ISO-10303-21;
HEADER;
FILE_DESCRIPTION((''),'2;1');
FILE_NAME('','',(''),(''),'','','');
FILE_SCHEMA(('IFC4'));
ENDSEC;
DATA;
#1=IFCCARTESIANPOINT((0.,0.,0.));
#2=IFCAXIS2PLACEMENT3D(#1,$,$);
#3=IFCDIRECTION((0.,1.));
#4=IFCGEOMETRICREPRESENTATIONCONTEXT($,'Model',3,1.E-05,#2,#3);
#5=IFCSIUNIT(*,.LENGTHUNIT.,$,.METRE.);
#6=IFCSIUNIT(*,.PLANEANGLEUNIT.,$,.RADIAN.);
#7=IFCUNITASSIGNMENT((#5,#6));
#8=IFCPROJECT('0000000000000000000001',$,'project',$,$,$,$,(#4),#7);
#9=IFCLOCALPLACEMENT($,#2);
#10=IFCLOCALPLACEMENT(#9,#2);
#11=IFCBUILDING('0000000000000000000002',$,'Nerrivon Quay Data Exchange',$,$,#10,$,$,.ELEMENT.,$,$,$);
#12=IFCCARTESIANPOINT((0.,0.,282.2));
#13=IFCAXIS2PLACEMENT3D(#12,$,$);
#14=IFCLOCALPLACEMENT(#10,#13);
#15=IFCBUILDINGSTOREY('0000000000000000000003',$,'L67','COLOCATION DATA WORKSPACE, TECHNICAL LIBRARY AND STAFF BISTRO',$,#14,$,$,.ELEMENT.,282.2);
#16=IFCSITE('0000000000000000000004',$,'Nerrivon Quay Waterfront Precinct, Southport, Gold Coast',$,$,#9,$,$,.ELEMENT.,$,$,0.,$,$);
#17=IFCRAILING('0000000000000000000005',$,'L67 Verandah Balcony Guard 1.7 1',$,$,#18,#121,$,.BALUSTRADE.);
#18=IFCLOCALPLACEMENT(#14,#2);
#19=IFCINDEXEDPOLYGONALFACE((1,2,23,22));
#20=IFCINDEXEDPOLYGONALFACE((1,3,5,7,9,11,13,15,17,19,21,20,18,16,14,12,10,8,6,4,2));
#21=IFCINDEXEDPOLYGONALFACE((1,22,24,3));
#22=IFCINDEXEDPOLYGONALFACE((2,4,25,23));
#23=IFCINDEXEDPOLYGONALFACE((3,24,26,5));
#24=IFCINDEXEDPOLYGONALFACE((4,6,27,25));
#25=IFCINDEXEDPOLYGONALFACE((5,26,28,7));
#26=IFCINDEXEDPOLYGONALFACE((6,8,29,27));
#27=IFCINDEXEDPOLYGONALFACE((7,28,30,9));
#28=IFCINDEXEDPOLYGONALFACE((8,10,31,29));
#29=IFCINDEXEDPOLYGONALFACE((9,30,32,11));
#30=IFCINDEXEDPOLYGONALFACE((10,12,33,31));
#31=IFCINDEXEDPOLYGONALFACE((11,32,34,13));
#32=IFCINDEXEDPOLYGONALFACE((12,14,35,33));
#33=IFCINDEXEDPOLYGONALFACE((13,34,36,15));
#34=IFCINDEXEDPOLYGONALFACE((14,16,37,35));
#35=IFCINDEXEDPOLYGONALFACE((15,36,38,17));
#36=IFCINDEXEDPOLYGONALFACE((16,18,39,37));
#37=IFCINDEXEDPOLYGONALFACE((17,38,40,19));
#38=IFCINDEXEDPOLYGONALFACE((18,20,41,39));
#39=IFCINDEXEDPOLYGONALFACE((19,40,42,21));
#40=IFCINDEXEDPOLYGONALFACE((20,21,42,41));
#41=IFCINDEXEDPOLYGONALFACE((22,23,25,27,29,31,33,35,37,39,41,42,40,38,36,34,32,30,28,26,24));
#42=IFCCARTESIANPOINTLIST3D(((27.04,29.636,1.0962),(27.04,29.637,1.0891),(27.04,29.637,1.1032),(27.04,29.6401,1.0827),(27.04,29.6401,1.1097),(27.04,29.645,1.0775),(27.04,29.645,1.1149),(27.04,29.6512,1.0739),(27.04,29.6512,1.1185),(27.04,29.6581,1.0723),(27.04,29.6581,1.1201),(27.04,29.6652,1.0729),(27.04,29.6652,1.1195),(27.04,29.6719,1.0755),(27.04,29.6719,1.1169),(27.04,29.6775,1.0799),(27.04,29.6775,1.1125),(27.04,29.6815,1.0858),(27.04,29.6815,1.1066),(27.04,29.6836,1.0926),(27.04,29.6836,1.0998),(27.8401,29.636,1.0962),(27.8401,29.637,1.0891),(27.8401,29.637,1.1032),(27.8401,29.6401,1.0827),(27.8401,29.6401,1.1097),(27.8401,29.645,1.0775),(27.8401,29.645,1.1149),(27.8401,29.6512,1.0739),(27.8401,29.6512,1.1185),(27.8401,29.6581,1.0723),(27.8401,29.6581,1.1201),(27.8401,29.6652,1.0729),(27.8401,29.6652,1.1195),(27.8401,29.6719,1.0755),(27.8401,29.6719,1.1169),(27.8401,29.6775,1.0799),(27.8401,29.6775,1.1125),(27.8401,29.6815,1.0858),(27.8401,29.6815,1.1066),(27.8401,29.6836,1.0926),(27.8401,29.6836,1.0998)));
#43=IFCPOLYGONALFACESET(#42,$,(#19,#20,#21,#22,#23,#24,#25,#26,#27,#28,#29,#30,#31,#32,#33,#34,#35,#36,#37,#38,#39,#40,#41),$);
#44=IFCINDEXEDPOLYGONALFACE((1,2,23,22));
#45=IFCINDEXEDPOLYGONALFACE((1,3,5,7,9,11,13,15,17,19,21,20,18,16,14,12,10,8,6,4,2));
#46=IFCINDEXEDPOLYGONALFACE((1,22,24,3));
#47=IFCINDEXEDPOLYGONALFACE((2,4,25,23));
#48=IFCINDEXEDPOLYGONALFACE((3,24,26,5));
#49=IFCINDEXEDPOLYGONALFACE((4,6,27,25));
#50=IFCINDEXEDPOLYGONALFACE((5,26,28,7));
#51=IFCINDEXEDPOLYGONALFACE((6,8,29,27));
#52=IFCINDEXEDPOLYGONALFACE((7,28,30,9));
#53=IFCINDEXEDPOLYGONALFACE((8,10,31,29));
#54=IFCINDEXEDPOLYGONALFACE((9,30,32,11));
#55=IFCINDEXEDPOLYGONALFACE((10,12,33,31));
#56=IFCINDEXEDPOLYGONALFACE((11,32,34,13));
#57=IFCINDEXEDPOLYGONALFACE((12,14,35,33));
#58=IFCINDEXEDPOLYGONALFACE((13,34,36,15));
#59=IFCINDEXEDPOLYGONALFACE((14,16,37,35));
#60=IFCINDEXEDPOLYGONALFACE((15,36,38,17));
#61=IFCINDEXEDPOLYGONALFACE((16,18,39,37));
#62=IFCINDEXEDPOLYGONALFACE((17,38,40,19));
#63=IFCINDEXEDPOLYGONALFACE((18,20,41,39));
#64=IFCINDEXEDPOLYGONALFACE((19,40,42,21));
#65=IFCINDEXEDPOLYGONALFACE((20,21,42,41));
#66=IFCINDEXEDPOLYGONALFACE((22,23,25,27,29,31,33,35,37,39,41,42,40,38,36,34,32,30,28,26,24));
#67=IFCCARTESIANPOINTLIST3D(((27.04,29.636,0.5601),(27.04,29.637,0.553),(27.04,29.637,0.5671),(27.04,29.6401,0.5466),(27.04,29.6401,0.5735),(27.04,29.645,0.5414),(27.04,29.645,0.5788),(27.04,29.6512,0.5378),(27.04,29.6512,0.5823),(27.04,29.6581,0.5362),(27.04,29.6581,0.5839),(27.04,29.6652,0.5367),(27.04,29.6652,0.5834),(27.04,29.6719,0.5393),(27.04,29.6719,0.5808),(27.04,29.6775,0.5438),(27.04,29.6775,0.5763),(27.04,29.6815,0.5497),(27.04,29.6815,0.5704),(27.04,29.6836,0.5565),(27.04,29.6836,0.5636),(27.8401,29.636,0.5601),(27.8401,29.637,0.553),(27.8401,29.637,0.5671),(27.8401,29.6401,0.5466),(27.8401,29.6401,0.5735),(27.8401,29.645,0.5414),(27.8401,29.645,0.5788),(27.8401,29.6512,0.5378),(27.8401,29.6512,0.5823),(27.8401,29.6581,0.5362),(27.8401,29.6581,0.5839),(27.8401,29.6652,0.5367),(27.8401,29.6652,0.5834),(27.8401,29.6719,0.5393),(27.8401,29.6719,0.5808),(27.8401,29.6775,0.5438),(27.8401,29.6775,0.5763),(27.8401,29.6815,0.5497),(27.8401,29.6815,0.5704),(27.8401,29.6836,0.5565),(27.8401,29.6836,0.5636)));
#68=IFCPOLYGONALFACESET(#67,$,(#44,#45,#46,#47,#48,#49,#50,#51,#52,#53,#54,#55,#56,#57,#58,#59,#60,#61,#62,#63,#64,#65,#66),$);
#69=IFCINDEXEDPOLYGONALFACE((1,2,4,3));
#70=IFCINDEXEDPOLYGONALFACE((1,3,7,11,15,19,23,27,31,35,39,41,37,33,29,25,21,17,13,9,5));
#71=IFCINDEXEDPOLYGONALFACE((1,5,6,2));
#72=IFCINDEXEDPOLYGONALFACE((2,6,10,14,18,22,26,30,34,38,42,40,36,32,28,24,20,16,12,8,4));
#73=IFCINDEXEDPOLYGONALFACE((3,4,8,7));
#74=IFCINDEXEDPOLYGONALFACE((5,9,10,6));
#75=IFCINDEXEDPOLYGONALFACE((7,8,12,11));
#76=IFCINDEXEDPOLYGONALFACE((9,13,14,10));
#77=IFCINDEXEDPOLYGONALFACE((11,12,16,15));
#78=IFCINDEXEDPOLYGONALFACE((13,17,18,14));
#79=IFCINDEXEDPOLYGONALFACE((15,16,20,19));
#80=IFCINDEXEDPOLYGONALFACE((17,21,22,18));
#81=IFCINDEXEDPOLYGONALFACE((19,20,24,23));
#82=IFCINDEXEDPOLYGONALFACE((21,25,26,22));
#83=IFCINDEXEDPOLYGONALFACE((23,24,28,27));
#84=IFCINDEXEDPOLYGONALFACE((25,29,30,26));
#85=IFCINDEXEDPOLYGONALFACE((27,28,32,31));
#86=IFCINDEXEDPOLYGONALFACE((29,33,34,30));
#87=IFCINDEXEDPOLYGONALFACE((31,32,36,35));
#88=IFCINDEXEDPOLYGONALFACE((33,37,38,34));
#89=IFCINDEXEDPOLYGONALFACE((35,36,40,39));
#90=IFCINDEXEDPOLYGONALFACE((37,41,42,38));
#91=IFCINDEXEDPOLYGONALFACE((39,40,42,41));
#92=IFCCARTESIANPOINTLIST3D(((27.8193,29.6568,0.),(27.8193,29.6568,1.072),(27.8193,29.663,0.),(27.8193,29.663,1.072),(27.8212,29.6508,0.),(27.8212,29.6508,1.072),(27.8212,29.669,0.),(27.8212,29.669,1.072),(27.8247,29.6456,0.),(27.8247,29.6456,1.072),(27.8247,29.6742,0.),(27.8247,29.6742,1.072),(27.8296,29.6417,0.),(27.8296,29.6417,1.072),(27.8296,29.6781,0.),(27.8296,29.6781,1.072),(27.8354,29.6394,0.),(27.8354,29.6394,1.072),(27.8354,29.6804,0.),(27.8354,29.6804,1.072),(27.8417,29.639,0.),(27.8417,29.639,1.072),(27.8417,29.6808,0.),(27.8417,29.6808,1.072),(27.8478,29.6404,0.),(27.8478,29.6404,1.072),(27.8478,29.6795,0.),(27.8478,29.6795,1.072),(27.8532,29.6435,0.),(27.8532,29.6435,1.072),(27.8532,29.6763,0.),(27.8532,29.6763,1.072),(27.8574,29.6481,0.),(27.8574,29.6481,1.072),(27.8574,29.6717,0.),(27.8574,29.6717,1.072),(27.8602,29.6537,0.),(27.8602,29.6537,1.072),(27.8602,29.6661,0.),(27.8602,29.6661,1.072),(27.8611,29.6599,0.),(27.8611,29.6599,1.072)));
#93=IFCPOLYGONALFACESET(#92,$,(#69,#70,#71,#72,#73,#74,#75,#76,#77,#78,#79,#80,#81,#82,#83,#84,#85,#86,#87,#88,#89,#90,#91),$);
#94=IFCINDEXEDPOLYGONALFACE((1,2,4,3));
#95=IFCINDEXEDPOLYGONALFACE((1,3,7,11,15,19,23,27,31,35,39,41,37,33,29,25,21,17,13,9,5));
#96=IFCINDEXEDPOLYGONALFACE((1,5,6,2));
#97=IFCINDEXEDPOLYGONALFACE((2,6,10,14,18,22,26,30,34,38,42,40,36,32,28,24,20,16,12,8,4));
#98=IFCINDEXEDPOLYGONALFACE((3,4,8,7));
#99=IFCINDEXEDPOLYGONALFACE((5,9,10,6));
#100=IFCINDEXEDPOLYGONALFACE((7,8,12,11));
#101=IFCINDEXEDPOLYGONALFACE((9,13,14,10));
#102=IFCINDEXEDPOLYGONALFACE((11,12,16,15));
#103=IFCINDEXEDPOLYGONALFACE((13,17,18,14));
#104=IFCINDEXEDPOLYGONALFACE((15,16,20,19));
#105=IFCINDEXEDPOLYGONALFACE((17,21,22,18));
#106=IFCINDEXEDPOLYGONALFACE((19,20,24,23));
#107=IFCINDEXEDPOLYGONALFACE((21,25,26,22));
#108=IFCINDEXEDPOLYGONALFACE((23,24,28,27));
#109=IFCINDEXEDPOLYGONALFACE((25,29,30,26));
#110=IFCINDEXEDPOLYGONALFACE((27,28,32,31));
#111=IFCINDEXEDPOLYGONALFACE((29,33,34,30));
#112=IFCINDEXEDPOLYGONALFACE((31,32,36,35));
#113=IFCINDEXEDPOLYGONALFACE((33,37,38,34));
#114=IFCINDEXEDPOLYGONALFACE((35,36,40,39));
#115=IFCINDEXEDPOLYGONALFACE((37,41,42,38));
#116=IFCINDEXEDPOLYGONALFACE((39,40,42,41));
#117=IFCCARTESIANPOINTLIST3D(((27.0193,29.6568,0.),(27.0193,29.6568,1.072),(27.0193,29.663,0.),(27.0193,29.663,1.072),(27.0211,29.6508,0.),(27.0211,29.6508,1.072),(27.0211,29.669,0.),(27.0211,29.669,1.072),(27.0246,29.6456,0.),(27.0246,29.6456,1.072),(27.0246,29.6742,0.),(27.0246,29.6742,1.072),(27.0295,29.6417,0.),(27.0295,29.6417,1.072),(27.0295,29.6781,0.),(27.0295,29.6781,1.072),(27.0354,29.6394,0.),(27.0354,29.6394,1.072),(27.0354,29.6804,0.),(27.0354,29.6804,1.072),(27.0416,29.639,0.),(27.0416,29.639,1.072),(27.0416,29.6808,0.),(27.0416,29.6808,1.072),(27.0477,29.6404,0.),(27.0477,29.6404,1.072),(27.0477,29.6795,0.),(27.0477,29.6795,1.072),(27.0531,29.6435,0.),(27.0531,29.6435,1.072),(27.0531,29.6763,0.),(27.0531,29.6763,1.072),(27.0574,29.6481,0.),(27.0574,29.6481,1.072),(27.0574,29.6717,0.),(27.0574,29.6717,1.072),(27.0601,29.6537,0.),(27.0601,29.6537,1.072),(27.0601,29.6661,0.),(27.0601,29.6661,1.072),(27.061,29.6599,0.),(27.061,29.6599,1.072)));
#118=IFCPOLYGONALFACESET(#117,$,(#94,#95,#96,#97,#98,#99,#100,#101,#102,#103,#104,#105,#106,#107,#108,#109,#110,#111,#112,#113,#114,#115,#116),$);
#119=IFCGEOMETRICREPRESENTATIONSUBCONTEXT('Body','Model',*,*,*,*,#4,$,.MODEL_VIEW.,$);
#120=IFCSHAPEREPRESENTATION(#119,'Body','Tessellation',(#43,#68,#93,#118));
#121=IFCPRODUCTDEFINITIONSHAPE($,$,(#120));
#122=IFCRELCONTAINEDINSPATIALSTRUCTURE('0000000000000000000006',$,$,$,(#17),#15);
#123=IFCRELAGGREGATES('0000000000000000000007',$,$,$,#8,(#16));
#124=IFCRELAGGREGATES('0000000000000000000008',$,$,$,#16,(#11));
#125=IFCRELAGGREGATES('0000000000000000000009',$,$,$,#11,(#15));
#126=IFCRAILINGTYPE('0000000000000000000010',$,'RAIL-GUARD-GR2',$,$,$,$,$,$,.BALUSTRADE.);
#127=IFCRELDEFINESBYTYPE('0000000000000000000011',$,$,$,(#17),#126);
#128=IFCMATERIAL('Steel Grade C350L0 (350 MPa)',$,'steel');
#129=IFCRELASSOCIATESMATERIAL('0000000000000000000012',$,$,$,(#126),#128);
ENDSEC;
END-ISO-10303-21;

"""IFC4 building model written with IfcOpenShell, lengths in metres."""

from ifc_helpers import new_model, si_unit, direction, frame, origin, origin_2d, place, context, subcontext, project, spatial, circle, extrude, material, type_object, element, save


model = new_model("IFC4")

# Units and contexts
model_context = context("Model", 3, precision=1e-05, world=origin(), true_north=direction((0.0, 1.0)))
body_context = subcontext(model_context, "Body", "Model", "MODEL_VIEW")
ifc_project = project(units=[si_unit("LENGTHUNIT", "METRE"), si_unit("PLANEANGLEUNIT", "RADIAN")], contexts=[model_context])

# Site, building, storey
site_placement = place(None, origin())
site = spatial("IfcSite", under=ifc_project, at=site_placement, Name="Nerrivon Quay Waterfront Precinct, Southport, Gold Coast", CompositionType="ELEMENT", RefElevation=0.0)
building_placement = place(site_placement, origin())
building = spatial("IfcBuilding", under=site, at=building_placement, Name="Nerrivon Quay Data Exchange", CompositionType="ELEMENT")
storey_placement = place(building_placement, frame((0.0, 0.0, 282.2)))
storey = spatial("IfcBuildingStorey", under=building, at=storey_placement, Name="L67", Description="COLOCATION DATA WORKSPACE, TECHNICAL LIBRARY AND STAFF BISTRO", CompositionType="ELEMENT", Elevation=282.2)

# Shared definitions
ifc_material_1 = material(Name="Steel Grade C350L0 (350 MPa)", Category="steel")

# Railing
railing_type = type_object("IfcRailingType", Name="RAIL-GUARD-GR2", PredefinedType="BALUSTRADE", material=ifc_material_1)
railing_1_placement = place(storey_placement, frame((27.8401, 29.6599, 0.0)))
element("IfcRailing", 1, at=railing_1_placement, inside=storey, type_object=railing_type, Name="L67 Verandah Balcony Guard 1.7 1", PredefinedType="BALUSTRADE", context=body_context, shape_type="SweptSolid", body=[
    extrude(circle(Radius=0.0239, at=origin_2d()), frame((0.0, 0.0, 1.0962), z_axis=(-1.0, 0.0, 0.0), x_axis=(0.0, -1.0, 0.0)), (0.0, 0.0, 1.0), 0.8),
    extrude(circle(Radius=0.0239, at=origin_2d()), frame((0.0, 0.0, 0.5601), z_axis=(-1.0, 0.0, 0.0), x_axis=(0.0, -1.0, 0.0)), (0.0, 0.0, 1.0), 0.8),
    extrude(circle(Radius=0.021, at=origin_2d()), origin(), (0.0, 0.0, 1.0), 1.072),
    extrude(circle(Radius=0.021, at=origin_2d()), frame((-0.8, 0.0, 0.0)), (0.0, 0.0, 1.0), 1.072),
])

save(model, "model.ifc")
